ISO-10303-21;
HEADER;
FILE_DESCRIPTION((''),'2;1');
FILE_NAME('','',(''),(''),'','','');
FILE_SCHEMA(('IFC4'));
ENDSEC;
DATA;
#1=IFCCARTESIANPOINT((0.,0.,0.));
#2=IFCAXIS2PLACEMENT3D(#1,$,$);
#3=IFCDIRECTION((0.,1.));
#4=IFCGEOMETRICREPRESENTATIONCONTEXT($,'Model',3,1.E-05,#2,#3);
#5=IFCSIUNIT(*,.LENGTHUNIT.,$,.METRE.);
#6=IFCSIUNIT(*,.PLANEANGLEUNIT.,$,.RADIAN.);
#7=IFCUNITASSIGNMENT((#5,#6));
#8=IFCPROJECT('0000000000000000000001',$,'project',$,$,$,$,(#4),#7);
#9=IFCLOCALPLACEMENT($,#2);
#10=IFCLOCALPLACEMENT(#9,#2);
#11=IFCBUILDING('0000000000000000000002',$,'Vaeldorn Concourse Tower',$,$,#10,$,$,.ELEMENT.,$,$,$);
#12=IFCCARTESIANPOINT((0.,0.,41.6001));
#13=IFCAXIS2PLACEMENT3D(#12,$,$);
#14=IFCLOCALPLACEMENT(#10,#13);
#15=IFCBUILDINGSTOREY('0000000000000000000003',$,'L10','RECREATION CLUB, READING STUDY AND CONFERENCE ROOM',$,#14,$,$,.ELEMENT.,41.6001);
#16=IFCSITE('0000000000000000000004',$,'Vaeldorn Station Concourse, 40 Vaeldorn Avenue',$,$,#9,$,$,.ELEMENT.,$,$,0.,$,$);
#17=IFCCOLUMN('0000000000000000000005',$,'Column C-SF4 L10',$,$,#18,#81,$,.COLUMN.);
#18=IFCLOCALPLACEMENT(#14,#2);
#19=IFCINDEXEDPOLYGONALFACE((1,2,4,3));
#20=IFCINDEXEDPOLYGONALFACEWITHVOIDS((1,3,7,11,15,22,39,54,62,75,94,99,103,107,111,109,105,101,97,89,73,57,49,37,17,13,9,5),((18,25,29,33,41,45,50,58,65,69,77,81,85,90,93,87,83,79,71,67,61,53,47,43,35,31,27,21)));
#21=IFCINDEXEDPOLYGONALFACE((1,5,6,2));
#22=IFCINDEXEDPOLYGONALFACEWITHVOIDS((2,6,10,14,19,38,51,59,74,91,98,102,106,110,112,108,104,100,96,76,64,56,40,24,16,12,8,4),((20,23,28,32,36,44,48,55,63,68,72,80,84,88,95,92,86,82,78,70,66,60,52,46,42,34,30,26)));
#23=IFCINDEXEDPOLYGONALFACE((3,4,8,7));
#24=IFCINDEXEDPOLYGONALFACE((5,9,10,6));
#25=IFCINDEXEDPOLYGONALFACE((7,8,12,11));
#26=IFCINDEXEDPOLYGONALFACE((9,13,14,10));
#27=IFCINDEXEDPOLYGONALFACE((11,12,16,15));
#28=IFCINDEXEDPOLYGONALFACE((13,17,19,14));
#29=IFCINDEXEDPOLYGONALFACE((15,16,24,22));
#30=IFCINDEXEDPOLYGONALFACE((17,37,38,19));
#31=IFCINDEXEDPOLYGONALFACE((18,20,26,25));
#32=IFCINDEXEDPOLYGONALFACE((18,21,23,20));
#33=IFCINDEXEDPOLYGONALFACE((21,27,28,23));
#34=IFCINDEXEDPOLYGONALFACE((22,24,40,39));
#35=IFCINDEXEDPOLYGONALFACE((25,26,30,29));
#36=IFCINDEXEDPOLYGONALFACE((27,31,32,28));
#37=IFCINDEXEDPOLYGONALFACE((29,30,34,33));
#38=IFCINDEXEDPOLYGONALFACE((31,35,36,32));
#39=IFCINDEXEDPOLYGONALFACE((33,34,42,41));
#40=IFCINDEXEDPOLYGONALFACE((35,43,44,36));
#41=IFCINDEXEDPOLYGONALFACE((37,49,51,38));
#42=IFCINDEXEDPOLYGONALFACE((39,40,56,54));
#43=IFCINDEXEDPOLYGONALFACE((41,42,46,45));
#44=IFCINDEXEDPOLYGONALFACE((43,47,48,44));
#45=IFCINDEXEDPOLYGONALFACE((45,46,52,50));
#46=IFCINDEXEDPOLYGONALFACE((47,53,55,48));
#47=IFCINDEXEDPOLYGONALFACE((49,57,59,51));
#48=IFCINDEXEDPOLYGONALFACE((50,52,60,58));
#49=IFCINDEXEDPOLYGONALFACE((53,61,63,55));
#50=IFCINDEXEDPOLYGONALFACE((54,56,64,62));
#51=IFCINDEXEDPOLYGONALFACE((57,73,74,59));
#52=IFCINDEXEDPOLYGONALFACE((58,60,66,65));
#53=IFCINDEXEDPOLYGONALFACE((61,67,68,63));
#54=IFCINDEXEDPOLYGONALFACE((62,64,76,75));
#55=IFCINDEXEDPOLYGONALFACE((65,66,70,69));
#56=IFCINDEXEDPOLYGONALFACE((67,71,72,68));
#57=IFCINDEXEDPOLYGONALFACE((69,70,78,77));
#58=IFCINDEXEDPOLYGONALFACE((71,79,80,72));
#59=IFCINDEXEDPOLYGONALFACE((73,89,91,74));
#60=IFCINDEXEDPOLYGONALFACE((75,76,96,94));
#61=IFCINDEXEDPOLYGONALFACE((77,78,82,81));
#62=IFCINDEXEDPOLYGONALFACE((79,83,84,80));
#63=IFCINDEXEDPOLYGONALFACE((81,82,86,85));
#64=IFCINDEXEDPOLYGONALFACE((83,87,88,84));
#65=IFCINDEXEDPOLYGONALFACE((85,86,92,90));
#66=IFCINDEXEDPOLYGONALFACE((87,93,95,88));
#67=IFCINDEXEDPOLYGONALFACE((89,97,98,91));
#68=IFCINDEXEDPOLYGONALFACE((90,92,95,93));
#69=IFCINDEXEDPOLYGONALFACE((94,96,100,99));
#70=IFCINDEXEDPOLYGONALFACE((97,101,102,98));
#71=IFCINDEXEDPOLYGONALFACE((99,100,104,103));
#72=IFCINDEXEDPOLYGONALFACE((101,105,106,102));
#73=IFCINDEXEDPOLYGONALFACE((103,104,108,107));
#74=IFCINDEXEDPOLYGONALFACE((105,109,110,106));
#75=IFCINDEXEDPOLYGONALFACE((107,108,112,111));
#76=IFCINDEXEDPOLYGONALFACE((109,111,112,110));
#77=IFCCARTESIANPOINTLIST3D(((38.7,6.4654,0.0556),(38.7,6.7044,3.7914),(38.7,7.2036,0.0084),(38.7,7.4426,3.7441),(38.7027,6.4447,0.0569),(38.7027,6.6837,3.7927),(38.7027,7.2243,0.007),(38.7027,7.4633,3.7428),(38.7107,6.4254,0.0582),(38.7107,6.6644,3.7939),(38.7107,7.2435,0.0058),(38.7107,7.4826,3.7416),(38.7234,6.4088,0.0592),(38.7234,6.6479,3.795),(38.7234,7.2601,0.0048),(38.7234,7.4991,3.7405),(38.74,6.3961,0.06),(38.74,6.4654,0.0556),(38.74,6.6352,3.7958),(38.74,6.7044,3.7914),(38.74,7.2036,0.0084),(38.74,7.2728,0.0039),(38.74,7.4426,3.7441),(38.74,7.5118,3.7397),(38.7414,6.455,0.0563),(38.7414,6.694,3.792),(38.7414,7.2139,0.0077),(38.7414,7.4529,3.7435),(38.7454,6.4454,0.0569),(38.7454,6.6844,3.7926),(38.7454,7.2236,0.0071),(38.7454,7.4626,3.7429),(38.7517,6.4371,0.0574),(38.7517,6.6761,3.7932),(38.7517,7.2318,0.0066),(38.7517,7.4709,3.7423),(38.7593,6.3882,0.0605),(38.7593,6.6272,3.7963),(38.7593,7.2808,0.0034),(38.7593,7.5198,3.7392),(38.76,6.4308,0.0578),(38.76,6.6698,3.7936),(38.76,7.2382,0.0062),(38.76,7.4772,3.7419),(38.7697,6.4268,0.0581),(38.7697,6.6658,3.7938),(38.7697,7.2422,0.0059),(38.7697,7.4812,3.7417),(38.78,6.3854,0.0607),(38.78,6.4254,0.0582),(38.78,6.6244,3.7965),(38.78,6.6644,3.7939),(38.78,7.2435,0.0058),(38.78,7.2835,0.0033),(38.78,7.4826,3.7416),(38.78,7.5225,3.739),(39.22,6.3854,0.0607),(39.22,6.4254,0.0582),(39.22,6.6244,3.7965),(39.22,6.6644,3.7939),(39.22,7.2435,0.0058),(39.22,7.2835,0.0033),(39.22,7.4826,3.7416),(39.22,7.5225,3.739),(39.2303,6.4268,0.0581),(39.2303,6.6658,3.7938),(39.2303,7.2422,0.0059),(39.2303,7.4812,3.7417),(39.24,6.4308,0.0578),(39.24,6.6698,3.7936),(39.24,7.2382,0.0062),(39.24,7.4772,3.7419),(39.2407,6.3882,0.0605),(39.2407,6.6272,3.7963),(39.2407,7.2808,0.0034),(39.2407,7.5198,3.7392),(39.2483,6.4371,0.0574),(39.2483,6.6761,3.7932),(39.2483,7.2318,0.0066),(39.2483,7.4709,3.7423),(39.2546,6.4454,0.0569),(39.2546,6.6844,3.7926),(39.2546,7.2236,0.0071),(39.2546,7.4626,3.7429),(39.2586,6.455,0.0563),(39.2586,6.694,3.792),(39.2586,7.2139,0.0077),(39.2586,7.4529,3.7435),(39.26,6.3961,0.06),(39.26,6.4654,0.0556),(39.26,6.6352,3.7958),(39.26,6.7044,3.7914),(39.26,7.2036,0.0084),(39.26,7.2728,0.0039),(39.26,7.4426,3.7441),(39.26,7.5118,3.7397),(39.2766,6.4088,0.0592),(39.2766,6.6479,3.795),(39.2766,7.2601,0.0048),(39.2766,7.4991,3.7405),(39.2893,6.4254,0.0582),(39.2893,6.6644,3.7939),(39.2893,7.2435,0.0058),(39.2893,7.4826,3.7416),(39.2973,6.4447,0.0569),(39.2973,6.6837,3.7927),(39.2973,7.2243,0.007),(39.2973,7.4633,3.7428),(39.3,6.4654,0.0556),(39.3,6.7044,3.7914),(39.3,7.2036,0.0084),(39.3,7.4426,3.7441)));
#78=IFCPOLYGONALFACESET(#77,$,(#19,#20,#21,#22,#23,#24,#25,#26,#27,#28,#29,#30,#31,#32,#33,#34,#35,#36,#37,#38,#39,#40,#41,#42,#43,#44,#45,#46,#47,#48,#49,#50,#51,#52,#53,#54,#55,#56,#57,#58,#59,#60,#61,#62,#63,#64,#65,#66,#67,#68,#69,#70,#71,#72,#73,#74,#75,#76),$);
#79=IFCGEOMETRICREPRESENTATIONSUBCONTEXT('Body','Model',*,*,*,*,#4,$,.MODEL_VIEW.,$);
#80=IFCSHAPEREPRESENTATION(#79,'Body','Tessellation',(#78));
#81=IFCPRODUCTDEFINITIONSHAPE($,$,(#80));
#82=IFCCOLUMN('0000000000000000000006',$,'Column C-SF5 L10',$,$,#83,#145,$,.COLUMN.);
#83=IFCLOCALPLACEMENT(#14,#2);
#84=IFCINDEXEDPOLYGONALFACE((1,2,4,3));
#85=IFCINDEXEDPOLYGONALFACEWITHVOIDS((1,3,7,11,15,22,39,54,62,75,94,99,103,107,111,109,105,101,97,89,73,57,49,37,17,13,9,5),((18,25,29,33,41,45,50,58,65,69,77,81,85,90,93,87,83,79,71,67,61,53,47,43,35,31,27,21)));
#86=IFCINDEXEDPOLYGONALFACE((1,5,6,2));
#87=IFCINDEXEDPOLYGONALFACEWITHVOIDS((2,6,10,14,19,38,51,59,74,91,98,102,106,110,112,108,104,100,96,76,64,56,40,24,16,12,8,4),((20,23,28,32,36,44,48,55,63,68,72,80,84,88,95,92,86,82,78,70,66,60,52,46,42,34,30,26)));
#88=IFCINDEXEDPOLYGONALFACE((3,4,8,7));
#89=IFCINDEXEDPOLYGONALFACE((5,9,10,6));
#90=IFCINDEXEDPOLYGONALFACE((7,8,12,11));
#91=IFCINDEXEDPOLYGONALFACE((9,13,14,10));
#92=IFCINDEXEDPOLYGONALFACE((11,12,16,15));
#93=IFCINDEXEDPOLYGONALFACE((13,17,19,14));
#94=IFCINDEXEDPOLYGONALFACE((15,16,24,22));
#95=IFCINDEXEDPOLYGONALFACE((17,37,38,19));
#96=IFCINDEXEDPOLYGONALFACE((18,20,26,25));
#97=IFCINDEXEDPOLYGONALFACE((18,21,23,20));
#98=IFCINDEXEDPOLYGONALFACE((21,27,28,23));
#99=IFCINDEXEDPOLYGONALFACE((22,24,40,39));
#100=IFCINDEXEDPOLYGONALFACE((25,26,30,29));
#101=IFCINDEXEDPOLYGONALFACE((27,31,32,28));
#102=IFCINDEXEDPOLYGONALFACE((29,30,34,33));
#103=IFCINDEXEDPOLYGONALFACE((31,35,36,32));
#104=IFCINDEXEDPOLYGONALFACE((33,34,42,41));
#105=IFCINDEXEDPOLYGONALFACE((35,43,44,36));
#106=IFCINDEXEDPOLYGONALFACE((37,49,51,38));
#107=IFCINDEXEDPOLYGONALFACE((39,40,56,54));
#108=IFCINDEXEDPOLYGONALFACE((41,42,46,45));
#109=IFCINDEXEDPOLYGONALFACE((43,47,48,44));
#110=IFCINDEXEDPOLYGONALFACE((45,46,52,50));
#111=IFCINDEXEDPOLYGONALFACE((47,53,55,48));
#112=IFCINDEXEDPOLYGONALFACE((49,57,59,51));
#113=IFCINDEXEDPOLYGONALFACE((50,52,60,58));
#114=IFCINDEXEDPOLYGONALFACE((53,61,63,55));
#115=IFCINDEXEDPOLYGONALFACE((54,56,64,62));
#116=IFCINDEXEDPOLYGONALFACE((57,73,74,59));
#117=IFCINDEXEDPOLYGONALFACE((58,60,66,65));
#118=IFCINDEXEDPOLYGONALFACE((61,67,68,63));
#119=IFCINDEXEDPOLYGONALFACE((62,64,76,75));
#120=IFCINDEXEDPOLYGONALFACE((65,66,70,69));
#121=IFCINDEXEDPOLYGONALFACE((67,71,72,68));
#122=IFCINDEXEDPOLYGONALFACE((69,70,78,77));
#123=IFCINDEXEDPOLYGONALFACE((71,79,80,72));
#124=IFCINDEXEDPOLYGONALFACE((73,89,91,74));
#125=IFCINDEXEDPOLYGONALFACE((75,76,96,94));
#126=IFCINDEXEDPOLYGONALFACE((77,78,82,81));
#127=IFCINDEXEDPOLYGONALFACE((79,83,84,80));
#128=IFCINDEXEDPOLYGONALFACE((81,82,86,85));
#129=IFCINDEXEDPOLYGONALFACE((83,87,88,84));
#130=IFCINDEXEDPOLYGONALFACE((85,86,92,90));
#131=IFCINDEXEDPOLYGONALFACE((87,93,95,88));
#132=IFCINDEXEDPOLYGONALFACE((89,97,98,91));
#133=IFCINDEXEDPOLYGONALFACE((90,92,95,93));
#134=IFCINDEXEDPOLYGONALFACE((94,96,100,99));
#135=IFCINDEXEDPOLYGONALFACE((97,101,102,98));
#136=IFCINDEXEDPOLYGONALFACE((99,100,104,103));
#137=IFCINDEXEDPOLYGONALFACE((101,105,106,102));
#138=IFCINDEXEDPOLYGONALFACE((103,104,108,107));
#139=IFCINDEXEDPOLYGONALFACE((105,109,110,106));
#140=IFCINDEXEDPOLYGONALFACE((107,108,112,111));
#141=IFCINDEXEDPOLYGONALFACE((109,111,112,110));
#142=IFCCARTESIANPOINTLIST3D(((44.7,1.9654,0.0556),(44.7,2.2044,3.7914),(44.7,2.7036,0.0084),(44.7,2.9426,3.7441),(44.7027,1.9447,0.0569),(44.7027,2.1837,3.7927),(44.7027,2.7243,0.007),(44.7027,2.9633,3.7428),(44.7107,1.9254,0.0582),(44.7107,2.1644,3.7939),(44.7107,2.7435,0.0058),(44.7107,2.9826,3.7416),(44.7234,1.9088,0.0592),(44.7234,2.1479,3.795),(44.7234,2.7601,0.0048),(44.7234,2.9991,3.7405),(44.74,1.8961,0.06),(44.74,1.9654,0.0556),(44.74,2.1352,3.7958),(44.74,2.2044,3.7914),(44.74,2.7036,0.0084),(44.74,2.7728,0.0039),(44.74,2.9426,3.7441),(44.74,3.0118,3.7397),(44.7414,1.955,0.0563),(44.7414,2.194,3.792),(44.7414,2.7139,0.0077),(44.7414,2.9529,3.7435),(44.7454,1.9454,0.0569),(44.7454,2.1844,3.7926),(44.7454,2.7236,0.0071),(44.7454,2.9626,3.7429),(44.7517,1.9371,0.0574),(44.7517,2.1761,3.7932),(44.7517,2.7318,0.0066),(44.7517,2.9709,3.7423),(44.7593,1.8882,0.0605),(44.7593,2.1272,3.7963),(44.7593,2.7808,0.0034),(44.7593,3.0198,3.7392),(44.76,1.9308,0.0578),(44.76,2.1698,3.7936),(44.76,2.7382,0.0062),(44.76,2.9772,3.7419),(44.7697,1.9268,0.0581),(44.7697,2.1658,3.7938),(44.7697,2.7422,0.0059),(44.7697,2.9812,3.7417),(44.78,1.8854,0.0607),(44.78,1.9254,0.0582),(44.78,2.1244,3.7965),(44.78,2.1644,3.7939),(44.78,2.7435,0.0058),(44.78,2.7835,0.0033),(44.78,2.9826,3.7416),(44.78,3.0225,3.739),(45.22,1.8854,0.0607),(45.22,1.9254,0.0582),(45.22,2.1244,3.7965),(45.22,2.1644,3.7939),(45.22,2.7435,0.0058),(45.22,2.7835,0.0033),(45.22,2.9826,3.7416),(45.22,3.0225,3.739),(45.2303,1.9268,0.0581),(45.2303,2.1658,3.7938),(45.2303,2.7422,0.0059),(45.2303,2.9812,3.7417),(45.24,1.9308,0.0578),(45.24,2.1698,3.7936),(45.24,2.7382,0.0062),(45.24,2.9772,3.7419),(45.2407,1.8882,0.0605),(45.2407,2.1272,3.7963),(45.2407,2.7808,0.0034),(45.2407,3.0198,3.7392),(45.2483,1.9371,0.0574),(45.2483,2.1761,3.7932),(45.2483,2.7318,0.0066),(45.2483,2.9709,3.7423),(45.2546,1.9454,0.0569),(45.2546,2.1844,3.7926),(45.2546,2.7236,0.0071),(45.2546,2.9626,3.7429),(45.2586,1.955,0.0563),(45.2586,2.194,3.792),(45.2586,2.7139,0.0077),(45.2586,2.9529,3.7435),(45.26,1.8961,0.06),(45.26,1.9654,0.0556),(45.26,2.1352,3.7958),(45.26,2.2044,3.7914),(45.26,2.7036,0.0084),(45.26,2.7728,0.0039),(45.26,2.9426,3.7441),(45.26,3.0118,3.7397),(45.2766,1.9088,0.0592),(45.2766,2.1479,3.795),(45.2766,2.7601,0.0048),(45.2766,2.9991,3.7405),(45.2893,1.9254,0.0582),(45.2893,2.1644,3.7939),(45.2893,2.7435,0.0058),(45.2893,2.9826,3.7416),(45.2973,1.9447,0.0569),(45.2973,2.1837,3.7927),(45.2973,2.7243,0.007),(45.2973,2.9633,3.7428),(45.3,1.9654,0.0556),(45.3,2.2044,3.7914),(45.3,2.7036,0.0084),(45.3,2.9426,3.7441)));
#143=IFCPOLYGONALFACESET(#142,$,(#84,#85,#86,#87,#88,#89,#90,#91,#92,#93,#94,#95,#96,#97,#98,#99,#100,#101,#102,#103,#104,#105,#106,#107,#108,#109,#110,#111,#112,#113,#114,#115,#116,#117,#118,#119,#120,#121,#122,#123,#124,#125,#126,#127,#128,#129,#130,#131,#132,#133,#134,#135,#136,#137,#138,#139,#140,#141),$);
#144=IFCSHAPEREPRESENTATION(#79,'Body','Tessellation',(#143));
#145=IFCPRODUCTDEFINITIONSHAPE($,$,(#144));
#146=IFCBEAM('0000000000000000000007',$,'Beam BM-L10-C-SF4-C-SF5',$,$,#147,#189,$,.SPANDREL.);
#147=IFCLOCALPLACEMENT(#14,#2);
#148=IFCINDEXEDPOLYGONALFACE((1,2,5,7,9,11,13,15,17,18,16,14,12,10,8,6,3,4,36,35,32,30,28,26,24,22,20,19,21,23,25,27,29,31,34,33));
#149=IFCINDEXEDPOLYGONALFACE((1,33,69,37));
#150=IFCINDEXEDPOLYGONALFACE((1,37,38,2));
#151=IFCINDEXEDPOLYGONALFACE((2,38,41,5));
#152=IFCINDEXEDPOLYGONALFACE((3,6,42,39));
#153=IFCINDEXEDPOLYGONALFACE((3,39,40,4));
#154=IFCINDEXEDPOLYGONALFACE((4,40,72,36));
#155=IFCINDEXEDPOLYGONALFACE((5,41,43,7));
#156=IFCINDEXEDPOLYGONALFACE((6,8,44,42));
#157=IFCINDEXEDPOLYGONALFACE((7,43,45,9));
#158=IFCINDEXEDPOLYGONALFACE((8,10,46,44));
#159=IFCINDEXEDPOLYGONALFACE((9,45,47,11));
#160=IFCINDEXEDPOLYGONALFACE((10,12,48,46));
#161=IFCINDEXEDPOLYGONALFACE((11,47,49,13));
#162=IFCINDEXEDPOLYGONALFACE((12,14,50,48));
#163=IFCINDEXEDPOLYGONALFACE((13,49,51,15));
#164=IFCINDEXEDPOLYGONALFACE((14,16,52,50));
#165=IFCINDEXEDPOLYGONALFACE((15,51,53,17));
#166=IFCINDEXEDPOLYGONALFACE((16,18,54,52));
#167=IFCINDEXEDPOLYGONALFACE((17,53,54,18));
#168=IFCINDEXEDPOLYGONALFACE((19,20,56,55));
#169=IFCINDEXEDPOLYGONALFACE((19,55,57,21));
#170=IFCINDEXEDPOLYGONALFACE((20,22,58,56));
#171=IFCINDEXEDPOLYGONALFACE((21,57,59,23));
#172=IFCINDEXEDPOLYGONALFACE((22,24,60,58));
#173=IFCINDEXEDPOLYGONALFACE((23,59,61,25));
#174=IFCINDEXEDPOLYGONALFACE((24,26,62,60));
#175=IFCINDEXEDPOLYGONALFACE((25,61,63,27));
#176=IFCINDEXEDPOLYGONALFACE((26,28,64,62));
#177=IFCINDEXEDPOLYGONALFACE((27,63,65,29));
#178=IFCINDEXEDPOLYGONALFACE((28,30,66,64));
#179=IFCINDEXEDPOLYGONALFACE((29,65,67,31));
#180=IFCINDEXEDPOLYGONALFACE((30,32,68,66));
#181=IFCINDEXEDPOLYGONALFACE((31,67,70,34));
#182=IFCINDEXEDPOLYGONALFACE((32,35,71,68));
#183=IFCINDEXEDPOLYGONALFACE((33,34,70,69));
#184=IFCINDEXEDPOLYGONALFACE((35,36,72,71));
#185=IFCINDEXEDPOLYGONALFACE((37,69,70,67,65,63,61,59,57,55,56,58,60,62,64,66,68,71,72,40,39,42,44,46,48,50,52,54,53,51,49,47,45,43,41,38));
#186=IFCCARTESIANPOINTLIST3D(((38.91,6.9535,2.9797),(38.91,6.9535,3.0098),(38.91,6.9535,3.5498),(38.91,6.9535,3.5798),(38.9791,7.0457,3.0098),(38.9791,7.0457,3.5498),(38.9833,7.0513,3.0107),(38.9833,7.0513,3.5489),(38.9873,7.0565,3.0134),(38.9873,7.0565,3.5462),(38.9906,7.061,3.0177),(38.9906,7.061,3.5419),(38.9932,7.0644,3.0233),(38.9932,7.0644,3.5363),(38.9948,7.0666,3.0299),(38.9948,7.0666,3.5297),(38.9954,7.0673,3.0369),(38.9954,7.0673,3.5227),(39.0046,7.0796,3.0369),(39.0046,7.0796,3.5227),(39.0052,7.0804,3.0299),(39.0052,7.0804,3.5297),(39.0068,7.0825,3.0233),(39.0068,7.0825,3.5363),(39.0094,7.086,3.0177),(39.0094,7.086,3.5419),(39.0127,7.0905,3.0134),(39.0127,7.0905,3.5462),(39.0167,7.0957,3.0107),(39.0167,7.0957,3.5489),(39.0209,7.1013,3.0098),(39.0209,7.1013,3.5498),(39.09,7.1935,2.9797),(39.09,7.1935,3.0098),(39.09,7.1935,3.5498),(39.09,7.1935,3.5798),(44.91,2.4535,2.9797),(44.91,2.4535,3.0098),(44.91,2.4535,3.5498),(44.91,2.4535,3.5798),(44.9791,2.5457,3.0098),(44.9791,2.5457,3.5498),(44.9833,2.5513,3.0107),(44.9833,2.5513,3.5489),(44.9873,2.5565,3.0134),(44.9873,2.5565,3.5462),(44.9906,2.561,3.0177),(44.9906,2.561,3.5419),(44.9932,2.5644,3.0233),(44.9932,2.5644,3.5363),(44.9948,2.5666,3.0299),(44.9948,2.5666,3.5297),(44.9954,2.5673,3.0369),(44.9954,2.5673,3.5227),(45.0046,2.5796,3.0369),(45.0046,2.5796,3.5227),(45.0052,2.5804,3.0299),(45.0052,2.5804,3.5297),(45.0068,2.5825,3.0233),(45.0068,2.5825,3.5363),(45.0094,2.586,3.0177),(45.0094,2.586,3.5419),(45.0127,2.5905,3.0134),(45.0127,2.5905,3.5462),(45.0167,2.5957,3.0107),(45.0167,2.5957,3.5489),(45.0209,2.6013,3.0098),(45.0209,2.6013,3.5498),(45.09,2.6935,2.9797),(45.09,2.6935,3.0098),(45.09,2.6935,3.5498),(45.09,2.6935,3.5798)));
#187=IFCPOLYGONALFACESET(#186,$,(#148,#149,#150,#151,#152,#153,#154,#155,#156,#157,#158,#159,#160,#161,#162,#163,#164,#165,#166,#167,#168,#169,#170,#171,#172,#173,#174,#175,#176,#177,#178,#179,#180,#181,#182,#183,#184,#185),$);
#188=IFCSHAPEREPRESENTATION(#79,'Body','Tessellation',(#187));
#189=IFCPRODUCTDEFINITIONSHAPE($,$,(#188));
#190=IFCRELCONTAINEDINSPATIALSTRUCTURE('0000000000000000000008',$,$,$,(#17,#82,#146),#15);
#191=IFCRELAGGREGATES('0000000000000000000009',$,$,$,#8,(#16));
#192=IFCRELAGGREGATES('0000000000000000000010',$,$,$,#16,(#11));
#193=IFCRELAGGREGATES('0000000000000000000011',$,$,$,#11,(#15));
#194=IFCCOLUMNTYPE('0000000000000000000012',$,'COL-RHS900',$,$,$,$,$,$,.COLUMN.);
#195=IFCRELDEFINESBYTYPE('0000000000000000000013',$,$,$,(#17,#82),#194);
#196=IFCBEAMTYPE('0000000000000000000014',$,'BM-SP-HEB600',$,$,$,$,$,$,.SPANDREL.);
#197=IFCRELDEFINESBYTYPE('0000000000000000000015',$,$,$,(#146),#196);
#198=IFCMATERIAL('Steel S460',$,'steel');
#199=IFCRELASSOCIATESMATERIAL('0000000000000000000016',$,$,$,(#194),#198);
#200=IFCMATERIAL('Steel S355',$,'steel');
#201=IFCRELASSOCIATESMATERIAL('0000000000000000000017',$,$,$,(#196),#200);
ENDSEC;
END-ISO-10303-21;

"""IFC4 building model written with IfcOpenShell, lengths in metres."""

from ifc_helpers import new_model, si_unit, direction, frame, origin, origin_2d, place, context, subcontext, project, spatial, hollow_rectangle, i_section, extrude, source, transform, mapped, material, material_profile, profile_set, type_object, element, save


model = new_model("IFC4")

# Units and contexts
model_context = context("Model", 3, precision=1e-05, world=origin(), true_north=direction((0.0, 1.0)))
body_context = subcontext(model_context, "Body", "Model", "MODEL_VIEW")
ifc_project = project(units=[si_unit("LENGTHUNIT", "METRE"), si_unit("PLANEANGLEUNIT", "RADIAN")], contexts=[model_context])

# Site, building, storey
site_placement = place(None, origin())
site = spatial("IfcSite", under=ifc_project, at=site_placement, Name="Vaeldorn Station Concourse, 40 Vaeldorn Avenue", CompositionType="ELEMENT", RefElevation=0.0)
building_placement = place(site_placement, origin())
building = spatial("IfcBuilding", under=site, at=building_placement, Name="Vaeldorn Concourse Tower", CompositionType="ELEMENT")
storey_placement = place(building_placement, frame((0.0, 0.0, 41.6001)))
storey = spatial("IfcBuildingStorey", under=building, at=storey_placement, Name="L10", Description="RECREATION CLUB, READING STUDY AND CONFERENCE ROOM", CompositionType="ELEMENT", Elevation=41.6001)

# Columns
ifc_material_1 = material(Name="Steel S460", Category="steel")
ifc_material_profile_1 = material_profile(ifc_material_1, hollow_rectangle(XDim=0.6001, YDim=0.8999, WallThickness=0.04, InnerFilletRadius=0.04, OuterFilletRadius=0.0801, at=origin_2d()), Name="RHS 900x600x40")
ifc_profile_set_1 = profile_set([ifc_material_profile_1], Name="Steel S460")
column_type = type_object("IfcColumnType", Name="COL-RHS900", PredefinedType="COLUMN", material=ifc_profile_set_1)
shared_shape_1 = source(origin(), body_context, "Body", "SweptSolid", [
    extrude(hollow_rectangle(XDim=0.6001, YDim=0.8999, WallThickness=0.04, InnerFilletRadius=0.04, OuterFilletRadius=0.0801, at=origin_2d()), origin(), (0.0, 0.0, 1.0), 3.7434),
])
for number, where, z_axis, x_axis, name in (
    (1, (39.0, 6.8345, 0.032), (0.0, 0.063848, 0.99796), (-1.0, 0.0, 0.0), "Column C-SF4 L10"),
    (2, (45.0, 2.3345, 0.032), (0.0, 0.063848, 0.99796), (-1.0, 0.0, 0.0), "Column C-SF5 L10"),
):
    element("IfcColumn", number, at=place(storey_placement, frame(where, z_axis=z_axis, x_axis=x_axis)), inside=storey, type_object=column_type, Name=name, PredefinedType="COLUMN", context=body_context, shape_type="MappedRepresentation", body=[
        mapped(shared_shape_1, transform((0.0, 0.0, 0.0), scale=1.0)),
    ])

# Beam
ifc_material_2 = material(Name="Steel S355", Category="steel")
ifc_material_profile_2 = material_profile(ifc_material_2, i_section(OverallWidth=0.3, OverallDepth=0.6001, WebThickness=0.0154, FlangeThickness=0.03, FilletRadius=0.0271, at=origin_2d()), Name="HEB 600")
ifc_profile_set_2 = profile_set([ifc_material_profile_2], Name="Steel S355")
beam_type_1 = type_object("IfcBeamType", Name="BM-SP-HEB600", PredefinedType="SPANDREL", material=ifc_profile_set_2)
shared_shape_2 = source(origin(), body_context, "Body", "SweptSolid", [
    extrude(i_section(OverallWidth=0.3, OverallDepth=0.6001, WebThickness=0.0154, FlangeThickness=0.03, FilletRadius=0.0271, at=origin_2d()), origin(), (0.0, 0.0, 1.0), 7.5),
])
beam_placement = place(storey_placement, frame((39.0, 7.0735, 3.2798), z_axis=(0.8, -0.6, 0.0), x_axis=(0.6, 0.8, 0.0)))
element("IfcBeam", 3, at=beam_placement, inside=storey, type_object=beam_type_1, Name="Beam BM-L10-C-SF4-C-SF5", PredefinedType="SPANDREL", context=body_context, shape_type="MappedRepresentation", body=[
    mapped(shared_shape_2, transform((0.0, 0.0, 0.0), scale=1.0)),
])

save(model, "model.ifc")
